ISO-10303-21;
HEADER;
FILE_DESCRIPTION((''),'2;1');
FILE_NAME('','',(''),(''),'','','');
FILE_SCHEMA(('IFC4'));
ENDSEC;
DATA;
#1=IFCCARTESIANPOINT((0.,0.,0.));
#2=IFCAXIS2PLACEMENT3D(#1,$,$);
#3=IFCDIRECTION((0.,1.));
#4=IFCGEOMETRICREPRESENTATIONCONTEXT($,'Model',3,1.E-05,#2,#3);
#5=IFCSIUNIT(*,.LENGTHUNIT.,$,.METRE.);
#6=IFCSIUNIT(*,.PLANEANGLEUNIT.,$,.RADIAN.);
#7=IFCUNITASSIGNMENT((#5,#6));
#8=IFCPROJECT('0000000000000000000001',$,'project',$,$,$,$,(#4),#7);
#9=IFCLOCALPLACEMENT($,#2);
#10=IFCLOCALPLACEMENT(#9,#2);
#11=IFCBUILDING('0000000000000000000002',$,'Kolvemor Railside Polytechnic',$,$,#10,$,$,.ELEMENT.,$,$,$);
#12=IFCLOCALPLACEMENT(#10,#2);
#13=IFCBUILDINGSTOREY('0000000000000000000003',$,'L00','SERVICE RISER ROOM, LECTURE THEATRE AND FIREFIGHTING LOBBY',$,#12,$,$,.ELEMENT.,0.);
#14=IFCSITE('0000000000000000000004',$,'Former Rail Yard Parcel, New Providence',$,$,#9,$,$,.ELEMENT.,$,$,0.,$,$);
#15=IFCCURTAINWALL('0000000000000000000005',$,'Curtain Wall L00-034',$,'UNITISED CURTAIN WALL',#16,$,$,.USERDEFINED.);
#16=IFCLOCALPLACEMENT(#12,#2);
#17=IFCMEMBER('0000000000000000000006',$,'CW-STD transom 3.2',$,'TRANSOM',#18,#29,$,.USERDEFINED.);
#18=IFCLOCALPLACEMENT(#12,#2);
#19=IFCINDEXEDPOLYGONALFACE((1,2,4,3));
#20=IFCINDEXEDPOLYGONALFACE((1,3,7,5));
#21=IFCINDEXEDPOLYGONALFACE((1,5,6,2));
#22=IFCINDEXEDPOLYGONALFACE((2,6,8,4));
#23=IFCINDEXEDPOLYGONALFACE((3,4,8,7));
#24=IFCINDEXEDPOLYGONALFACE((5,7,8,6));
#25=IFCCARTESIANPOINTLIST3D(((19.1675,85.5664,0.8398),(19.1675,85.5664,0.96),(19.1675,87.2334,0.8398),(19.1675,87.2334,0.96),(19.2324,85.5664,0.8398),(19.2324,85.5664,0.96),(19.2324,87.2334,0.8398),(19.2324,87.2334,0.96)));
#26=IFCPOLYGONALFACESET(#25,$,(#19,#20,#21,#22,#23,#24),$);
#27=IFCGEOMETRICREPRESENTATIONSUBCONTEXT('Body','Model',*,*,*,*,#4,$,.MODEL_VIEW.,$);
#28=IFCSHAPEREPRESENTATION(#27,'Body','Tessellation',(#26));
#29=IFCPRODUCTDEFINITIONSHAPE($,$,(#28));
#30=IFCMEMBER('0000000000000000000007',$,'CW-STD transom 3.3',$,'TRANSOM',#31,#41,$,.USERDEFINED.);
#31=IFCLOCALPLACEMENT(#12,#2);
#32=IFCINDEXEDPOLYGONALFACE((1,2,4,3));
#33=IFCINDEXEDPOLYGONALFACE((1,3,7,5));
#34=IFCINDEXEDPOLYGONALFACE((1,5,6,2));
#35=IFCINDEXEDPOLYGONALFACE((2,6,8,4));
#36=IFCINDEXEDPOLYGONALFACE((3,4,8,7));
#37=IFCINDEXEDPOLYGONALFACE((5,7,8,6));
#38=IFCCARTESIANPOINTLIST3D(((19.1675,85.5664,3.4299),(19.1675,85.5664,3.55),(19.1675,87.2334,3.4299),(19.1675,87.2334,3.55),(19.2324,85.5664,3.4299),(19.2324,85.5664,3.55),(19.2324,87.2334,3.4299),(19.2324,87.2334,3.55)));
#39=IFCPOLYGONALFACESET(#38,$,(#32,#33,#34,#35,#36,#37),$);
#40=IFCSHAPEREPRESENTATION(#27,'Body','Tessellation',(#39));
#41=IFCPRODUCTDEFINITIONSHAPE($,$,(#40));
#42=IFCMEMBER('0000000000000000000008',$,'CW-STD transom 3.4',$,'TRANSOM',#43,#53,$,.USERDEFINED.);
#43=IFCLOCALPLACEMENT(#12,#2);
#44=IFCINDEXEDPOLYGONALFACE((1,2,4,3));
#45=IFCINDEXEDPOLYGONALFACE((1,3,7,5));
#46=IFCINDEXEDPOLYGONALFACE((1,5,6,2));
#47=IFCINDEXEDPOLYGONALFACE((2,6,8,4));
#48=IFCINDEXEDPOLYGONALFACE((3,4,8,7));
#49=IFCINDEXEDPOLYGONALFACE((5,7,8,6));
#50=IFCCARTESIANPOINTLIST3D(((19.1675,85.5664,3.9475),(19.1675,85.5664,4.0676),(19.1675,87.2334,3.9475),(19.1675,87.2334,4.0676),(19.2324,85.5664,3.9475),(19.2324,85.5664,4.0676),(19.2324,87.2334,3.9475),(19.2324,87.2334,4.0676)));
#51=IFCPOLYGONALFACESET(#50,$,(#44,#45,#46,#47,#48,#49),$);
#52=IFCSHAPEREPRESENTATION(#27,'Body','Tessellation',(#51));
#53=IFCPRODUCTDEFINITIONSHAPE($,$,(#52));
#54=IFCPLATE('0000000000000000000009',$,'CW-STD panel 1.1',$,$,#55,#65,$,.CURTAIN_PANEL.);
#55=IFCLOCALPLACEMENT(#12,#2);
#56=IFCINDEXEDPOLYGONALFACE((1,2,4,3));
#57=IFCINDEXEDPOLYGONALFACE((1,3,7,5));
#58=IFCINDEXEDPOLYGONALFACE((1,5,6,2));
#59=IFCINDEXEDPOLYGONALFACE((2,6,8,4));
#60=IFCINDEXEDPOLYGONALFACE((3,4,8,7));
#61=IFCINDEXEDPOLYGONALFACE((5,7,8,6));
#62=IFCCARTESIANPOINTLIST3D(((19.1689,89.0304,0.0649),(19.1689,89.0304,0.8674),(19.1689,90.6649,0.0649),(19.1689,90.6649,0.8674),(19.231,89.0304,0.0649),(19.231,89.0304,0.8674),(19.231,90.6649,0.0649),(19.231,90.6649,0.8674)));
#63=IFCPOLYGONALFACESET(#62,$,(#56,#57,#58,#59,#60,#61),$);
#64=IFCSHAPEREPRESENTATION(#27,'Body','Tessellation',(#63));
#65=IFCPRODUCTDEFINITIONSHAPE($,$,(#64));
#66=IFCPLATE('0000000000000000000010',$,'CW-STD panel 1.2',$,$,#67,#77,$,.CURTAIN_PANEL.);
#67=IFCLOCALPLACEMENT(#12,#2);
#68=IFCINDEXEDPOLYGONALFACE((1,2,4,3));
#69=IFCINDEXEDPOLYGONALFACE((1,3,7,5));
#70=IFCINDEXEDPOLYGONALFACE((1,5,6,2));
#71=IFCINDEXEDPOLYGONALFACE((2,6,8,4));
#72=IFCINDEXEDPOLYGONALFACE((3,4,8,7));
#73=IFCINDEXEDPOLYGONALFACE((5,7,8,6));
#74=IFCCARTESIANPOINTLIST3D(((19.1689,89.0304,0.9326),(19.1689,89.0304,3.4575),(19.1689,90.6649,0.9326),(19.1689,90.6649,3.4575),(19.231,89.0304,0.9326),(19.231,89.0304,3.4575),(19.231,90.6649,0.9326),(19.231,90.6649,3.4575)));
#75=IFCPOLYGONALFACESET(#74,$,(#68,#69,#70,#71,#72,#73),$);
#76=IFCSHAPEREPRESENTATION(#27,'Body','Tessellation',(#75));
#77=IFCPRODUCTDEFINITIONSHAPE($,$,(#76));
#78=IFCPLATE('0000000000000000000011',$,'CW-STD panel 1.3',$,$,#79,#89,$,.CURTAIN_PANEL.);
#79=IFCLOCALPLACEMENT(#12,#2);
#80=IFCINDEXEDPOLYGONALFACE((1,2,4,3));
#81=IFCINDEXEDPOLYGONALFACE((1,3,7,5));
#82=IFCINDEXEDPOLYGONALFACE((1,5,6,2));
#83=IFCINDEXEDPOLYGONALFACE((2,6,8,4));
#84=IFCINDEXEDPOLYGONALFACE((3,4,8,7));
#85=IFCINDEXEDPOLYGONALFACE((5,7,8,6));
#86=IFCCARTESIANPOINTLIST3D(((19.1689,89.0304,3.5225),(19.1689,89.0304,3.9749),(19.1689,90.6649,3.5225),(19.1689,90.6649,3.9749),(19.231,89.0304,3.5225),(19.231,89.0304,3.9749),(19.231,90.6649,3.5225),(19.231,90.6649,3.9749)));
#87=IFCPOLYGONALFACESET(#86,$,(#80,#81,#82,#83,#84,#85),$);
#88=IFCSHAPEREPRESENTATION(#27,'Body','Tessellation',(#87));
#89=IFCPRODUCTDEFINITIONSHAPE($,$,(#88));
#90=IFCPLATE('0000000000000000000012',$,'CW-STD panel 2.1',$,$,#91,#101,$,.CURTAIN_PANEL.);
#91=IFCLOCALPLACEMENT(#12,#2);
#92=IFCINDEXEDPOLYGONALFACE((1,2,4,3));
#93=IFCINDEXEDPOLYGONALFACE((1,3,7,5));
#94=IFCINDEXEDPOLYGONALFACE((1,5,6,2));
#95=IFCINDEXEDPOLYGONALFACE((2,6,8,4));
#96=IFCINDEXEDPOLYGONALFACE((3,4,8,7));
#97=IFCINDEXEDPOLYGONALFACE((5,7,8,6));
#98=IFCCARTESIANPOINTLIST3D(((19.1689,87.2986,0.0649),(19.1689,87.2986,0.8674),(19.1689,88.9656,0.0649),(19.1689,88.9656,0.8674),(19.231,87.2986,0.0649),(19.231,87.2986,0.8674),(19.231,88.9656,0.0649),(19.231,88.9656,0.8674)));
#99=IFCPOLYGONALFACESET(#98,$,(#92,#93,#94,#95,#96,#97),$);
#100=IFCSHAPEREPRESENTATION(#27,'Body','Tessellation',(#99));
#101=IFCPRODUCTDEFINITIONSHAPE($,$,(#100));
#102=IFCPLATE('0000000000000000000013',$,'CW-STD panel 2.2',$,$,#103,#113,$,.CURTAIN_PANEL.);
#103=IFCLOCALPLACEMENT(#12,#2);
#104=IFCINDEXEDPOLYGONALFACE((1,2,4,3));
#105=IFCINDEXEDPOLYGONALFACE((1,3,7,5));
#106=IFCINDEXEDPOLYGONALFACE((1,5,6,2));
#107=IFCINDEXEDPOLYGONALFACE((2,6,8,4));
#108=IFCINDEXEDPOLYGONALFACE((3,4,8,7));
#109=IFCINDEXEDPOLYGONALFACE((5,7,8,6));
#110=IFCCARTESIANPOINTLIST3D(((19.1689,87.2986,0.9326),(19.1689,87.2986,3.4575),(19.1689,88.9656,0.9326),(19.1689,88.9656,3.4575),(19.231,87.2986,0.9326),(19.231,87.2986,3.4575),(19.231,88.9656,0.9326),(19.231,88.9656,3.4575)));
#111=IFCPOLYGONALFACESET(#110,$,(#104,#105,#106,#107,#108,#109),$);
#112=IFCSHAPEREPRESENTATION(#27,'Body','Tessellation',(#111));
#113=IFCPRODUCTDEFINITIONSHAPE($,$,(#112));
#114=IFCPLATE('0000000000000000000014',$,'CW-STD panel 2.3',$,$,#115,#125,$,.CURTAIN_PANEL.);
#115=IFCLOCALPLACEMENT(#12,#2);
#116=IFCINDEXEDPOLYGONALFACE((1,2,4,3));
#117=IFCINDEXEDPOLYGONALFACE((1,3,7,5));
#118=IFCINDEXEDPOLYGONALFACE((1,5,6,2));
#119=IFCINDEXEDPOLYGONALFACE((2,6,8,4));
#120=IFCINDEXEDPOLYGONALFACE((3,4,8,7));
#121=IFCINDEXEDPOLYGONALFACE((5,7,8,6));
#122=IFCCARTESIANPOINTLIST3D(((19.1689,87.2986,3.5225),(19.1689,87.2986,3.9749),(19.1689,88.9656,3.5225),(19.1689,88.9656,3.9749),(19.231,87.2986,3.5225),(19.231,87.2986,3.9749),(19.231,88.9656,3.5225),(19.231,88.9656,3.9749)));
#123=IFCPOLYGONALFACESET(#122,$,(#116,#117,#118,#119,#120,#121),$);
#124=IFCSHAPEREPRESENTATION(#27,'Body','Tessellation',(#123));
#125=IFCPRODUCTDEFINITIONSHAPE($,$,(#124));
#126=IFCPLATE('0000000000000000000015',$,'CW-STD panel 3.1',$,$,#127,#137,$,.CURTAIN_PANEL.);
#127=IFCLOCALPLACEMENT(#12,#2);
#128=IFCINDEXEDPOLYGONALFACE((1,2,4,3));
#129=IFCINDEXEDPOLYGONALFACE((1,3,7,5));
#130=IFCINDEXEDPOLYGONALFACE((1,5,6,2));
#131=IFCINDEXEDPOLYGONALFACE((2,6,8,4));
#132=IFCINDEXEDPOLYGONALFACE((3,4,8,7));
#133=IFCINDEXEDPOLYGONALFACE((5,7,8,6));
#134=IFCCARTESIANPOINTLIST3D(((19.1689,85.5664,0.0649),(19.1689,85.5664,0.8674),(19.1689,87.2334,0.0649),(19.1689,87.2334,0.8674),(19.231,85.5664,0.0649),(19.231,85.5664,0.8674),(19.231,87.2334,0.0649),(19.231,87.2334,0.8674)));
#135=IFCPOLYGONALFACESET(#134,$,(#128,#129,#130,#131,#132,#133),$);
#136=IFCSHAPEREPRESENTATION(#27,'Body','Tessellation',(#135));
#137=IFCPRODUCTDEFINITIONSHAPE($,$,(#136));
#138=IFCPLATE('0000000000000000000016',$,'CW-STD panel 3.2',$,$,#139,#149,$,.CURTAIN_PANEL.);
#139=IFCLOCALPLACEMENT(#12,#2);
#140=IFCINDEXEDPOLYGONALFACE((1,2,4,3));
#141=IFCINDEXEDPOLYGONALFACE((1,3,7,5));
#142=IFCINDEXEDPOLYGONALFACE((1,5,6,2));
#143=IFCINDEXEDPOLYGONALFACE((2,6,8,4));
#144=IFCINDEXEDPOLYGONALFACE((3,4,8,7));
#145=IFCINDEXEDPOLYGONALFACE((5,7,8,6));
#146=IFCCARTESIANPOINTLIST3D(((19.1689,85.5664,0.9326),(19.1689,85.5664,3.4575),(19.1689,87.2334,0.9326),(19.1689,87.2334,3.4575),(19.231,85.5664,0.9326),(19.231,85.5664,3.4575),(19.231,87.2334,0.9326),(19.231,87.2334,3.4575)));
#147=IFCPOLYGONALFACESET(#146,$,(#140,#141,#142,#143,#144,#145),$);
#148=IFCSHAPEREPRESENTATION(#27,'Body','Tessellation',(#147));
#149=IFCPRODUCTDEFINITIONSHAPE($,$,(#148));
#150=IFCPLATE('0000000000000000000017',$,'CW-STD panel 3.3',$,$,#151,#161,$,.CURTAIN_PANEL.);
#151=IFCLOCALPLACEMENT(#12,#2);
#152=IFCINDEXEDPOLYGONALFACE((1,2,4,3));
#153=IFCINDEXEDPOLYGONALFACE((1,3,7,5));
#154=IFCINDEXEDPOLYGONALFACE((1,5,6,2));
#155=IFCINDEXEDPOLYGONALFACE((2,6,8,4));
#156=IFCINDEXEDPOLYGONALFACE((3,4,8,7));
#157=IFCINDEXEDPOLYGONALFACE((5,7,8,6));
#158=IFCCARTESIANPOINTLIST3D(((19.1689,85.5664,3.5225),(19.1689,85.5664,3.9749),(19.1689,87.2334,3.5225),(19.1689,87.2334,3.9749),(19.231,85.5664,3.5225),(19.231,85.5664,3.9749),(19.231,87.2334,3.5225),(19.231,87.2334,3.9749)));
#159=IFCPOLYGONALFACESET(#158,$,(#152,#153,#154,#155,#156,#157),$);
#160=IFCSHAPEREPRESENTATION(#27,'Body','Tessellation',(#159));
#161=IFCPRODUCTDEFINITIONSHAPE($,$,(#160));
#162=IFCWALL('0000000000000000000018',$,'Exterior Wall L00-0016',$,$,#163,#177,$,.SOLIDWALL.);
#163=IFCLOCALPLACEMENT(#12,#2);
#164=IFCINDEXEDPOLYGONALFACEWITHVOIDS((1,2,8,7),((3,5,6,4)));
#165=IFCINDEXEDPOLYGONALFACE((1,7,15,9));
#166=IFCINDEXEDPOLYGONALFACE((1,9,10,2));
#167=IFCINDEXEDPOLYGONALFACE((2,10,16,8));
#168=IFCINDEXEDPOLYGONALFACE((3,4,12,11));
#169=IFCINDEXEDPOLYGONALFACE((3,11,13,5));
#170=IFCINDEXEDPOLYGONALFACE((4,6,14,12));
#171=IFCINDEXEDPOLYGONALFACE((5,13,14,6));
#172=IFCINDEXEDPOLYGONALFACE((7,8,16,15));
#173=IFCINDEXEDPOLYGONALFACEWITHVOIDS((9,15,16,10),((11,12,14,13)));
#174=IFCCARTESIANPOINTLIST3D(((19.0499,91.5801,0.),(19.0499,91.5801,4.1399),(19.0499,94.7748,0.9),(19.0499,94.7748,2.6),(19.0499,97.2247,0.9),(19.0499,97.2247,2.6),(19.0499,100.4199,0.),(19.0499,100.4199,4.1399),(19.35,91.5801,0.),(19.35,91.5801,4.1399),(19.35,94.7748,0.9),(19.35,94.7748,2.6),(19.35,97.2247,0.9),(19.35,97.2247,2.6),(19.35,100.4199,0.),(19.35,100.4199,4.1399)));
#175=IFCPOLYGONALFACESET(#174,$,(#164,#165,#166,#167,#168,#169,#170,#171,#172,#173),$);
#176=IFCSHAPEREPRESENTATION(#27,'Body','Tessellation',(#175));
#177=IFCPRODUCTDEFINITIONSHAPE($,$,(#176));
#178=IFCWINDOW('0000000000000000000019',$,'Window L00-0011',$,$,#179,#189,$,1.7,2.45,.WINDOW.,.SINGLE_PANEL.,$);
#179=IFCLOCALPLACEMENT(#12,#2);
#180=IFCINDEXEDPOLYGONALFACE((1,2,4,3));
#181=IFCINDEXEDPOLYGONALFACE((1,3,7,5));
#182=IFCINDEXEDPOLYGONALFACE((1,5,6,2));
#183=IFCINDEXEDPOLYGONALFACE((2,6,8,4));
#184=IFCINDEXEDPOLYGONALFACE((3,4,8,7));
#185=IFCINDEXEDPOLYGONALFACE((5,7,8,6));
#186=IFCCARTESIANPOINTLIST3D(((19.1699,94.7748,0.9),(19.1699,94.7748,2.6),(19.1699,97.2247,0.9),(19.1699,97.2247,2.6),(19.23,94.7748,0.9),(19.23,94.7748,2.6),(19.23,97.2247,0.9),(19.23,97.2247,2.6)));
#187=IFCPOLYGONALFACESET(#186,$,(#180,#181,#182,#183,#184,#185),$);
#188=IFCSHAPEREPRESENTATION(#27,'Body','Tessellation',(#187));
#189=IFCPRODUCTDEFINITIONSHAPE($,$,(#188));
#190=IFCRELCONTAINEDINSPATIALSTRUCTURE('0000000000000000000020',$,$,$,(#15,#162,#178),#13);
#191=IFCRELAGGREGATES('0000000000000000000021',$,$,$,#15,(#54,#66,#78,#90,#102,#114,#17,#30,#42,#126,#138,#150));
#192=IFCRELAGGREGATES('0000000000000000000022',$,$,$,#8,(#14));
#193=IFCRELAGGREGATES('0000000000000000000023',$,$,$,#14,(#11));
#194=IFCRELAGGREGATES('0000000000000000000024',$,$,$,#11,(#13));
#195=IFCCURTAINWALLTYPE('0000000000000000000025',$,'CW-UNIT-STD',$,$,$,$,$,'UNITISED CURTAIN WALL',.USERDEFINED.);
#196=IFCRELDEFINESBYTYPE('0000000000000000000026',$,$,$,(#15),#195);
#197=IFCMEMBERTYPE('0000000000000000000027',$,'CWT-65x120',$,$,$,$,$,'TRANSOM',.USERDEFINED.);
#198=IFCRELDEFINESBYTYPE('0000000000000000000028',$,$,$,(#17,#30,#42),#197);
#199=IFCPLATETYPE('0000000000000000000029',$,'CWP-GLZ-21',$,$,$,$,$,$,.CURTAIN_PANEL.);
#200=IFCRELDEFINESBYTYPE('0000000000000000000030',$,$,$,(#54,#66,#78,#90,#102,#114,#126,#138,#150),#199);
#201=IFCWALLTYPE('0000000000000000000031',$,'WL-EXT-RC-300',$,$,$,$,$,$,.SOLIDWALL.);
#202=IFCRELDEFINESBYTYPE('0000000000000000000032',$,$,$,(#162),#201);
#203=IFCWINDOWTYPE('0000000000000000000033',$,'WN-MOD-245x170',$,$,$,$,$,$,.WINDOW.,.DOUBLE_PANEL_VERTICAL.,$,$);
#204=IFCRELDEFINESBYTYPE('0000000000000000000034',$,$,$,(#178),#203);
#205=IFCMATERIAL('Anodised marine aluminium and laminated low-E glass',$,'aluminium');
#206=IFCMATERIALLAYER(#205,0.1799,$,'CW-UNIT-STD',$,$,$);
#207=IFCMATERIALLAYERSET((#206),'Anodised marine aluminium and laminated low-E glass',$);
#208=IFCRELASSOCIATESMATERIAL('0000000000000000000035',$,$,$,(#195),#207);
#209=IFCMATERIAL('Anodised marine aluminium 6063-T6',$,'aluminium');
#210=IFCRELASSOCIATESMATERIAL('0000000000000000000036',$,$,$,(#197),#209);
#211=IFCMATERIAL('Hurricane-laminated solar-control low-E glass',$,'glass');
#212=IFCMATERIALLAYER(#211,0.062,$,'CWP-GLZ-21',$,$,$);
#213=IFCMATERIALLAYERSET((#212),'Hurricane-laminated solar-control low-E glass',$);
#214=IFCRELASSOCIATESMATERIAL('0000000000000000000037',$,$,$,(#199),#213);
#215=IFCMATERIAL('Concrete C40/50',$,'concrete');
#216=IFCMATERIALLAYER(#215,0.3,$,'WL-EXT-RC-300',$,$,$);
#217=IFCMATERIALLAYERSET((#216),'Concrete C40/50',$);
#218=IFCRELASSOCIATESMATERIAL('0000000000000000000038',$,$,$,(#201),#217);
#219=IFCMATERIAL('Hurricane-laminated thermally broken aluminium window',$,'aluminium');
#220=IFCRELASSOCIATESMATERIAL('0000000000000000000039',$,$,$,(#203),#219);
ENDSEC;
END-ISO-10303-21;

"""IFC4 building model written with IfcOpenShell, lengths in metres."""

from ifc_helpers import new_model, si_unit, direction, frame, frame_2d, origin, origin_2d, place, context, subcontext, project, spatial, rectangle, extrude, material, layer, layer_set, material_profile, profile_set, type_object, element, fill, aggregate, save


model = new_model("IFC4")

# Units and contexts
model_context = context("Model", 3, precision=1e-05, world=origin(), true_north=direction((0.0, 1.0)))
body_context = subcontext(model_context, "Body", "Model", "MODEL_VIEW")
ifc_project = project(units=[si_unit("LENGTHUNIT", "METRE"), si_unit("PLANEANGLEUNIT", "RADIAN")], contexts=[model_context])

# Site, building, storey
site_placement = place(None, origin())
site = spatial("IfcSite", under=ifc_project, at=site_placement, Name="Former Rail Yard Parcel, New Providence", CompositionType="ELEMENT", RefElevation=0.0)
building_placement = place(site_placement, origin())
building = spatial("IfcBuilding", under=site, at=building_placement, Name="Kolvemor Railside Polytechnic", CompositionType="ELEMENT")
storey_placement = place(building_placement, origin())
storey = spatial("IfcBuildingStorey", under=building, at=storey_placement, Name="L00", Description="SERVICE RISER ROOM, LECTURE THEATRE AND FIREFIGHTING LOBBY", CompositionType="ELEMENT", Elevation=0.0)

# Curtain wall, members, plates
ifc_material_1 = material(Name="Anodised marine aluminium and laminated low-E glass", Category="aluminium")
ifc_layer_1 = layer(ifc_material_1, 0.1799, Name="CW-UNIT-STD")
ifc_layer_set_1 = layer_set([ifc_layer_1], Name="Anodised marine aluminium and laminated low-E glass")
curtain_wall_type = type_object("IfcCurtainWallType", Name="CW-UNIT-STD", ElementType="UNITISED CURTAIN WALL", PredefinedType="USERDEFINED", material=ifc_layer_set_1)
curtain_wall_placement = place(storey_placement, origin())
curtain_wall = element("IfcCurtainWall", 1, at=curtain_wall_placement, inside=storey, type_object=curtain_wall_type, Name="Curtain Wall L00-034", ObjectType="UNITISED CURTAIN WALL", PredefinedType="USERDEFINED")
ifc_material_2 = material(Name="Anodised marine aluminium 6063-T6", Category="aluminium")
ifc_material_profile_1 = material_profile(ifc_material_2, rectangle(XDim=0.0649, YDim=0.1201, at=origin_2d()), Name="CW-TRN-65x120")
ifc_profile_set_1 = profile_set([ifc_material_profile_1], Name="Anodised marine aluminium 6063-T6")
member_type_1 = type_object("IfcMemberType", Name="CWT-65x120", ElementType="TRANSOM", PredefinedType="USERDEFINED", material=ifc_profile_set_1)
member_1_placement = place(storey_placement, frame((19.2, 87.2334, 0.8999), z_axis=(0.0, -1.0, 0.0), x_axis=(1.0, 0.0, 0.0)))
member_1 = element("IfcMember", 2, at=member_1_placement, type_object=member_type_1, Name="CW-STD transom 3.2", ObjectType="TRANSOM", PredefinedType="USERDEFINED", context=body_context, shape_type="SweptSolid", body=[
    extrude(rectangle(XDim=0.0649, YDim=0.1201, at=origin_2d()), origin(), (0.0, 0.0, 1.0), 1.667),
])
member_2_placement = place(storey_placement, frame((19.2, 87.2334, 3.49), z_axis=(0.0, -1.0, 0.0), x_axis=(1.0, 0.0, 0.0)))
member_2 = element("IfcMember", 3, at=member_2_placement, type_object=member_type_1, Name="CW-STD transom 3.3", ObjectType="TRANSOM", PredefinedType="USERDEFINED", context=body_context, shape_type="SweptSolid", body=[
    extrude(rectangle(XDim=0.0649, YDim=0.1201, at=origin_2d()), origin(), (0.0, 0.0, 1.0), 1.667),
])
member_3_placement = place(storey_placement, frame((19.2, 87.2334, 4.0076), z_axis=(0.0, -1.0, 0.0), x_axis=(1.0, 0.0, 0.0)))
member_3 = element("IfcMember", 4, at=member_3_placement, type_object=member_type_1, Name="CW-STD transom 3.4", ObjectType="TRANSOM", PredefinedType="USERDEFINED", context=body_context, shape_type="SweptSolid", body=[
    extrude(rectangle(XDim=0.0649, YDim=0.1201, at=origin_2d()), origin(), (0.0, 0.0, 1.0), 1.667),
])
ifc_material_3 = material(Name="Hurricane-laminated solar-control low-E glass", Category="glass")
ifc_layer_2 = layer(ifc_material_3, 0.062, Name="CWP-GLZ-21")
ifc_layer_set_2 = layer_set([ifc_layer_2], Name="Hurricane-laminated solar-control low-E glass")
plate_type = type_object("IfcPlateType", Name="CWP-GLZ-21", PredefinedType="CURTAIN_PANEL", material=ifc_layer_set_2)
plate_1_placement = place(storey_placement, frame((19.2, 89.8477, 0.0649), z_axis=(0.0, 0.0, 1.0), x_axis=(0.0, -1.0, 0.0)))
plate_1 = element("IfcPlate", 5, at=plate_1_placement, type_object=plate_type, Name="CW-STD panel 1.1", PredefinedType="CURTAIN_PANEL", context=body_context, shape_type="SweptSolid", body=[
    extrude(rectangle(XDim=1.6345, YDim=0.062, at=origin_2d()), origin(), (0.0, 0.0, 1.0), 0.8025),
])
plate_2_placement = place(storey_placement, frame((19.2, 89.8477, 0.9326), z_axis=(0.0, 0.0, 1.0), x_axis=(0.0, -1.0, 0.0)))
plate_2 = element("IfcPlate", 6, at=plate_2_placement, type_object=plate_type, Name="CW-STD panel 1.2", PredefinedType="CURTAIN_PANEL", context=body_context, shape_type="SweptSolid", body=[
    extrude(rectangle(XDim=1.6345, YDim=0.062, at=origin_2d()), origin(), (0.0, 0.0, 1.0), 2.5249),
])
plate_3_placement = place(storey_placement, frame((19.2, 89.8477, 3.5225), z_axis=(0.0, 0.0, 1.0), x_axis=(0.0, -1.0, 0.0)))
plate_3 = element("IfcPlate", 7, at=plate_3_placement, type_object=plate_type, Name="CW-STD panel 1.3", PredefinedType="CURTAIN_PANEL", context=body_context, shape_type="SweptSolid", body=[
    extrude(rectangle(XDim=1.6345, YDim=0.062, at=origin_2d()), origin(), (0.0, 0.0, 1.0), 0.4524),
])
plate_4_placement = place(storey_placement, frame((19.2, 88.1321, 0.0649), z_axis=(0.0, 0.0, 1.0), x_axis=(0.0, -1.0, 0.0)))
plate_4 = element("IfcPlate", 8, at=plate_4_placement, type_object=plate_type, Name="CW-STD panel 2.1", PredefinedType="CURTAIN_PANEL", context=body_context, shape_type="SweptSolid", body=[
    extrude(rectangle(XDim=1.667, YDim=0.062, at=origin_2d()), origin(), (0.0, 0.0, 1.0), 0.8025),
])
plate_5_placement = place(storey_placement, frame((19.2, 88.1321, 0.9326), z_axis=(0.0, 0.0, 1.0), x_axis=(0.0, -1.0, 0.0)))
plate_5 = element("IfcPlate", 9, at=plate_5_placement, type_object=plate_type, Name="CW-STD panel 2.2", PredefinedType="CURTAIN_PANEL", context=body_context, shape_type="SweptSolid", body=[
    extrude(rectangle(XDim=1.667, YDim=0.062, at=origin_2d()), origin(), (0.0, 0.0, 1.0), 2.5249),
])
plate_6_placement = place(storey_placement, frame((19.2, 88.1321, 3.5225), z_axis=(0.0, 0.0, 1.0), x_axis=(0.0, -1.0, 0.0)))
plate_6 = element("IfcPlate", 10, at=plate_6_placement, type_object=plate_type, Name="CW-STD panel 2.3", PredefinedType="CURTAIN_PANEL", context=body_context, shape_type="SweptSolid", body=[
    extrude(rectangle(XDim=1.667, YDim=0.062, at=origin_2d()), origin(), (0.0, 0.0, 1.0), 0.4524),
])
plate_7_placement = place(storey_placement, frame((19.2, 86.3999, 0.0649), z_axis=(0.0, 0.0, 1.0), x_axis=(0.0, -1.0, 0.0)))
plate_7 = element("IfcPlate", 11, at=plate_7_placement, type_object=plate_type, Name="CW-STD panel 3.1", PredefinedType="CURTAIN_PANEL", context=body_context, shape_type="SweptSolid", body=[
    extrude(rectangle(XDim=1.667, YDim=0.062, at=origin_2d()), origin(), (0.0, 0.0, 1.0), 0.8025),
])
plate_8_placement = place(storey_placement, frame((19.2, 86.3999, 0.9326), z_axis=(0.0, 0.0, 1.0), x_axis=(0.0, -1.0, 0.0)))
plate_8 = element("IfcPlate", 12, at=plate_8_placement, type_object=plate_type, Name="CW-STD panel 3.2", PredefinedType="CURTAIN_PANEL", context=body_context, shape_type="SweptSolid", body=[
    extrude(rectangle(XDim=1.667, YDim=0.062, at=origin_2d()), origin(), (0.0, 0.0, 1.0), 2.5249),
])
plate_9_placement = place(storey_placement, frame((19.2, 86.3999, 3.5225), z_axis=(0.0, 0.0, 1.0), x_axis=(0.0, -1.0, 0.0)))
plate_9 = element("IfcPlate", 13, at=plate_9_placement, type_object=plate_type, Name="CW-STD panel 3.3", PredefinedType="CURTAIN_PANEL", context=body_context, shape_type="SweptSolid", body=[
    extrude(rectangle(XDim=1.667, YDim=0.062, at=origin_2d()), origin(), (0.0, 0.0, 1.0), 0.4524),
])
aggregate(curtain_wall, [plate_1, plate_2, plate_3, plate_4, plate_5, plate_6, member_1, member_2, member_3, plate_7, plate_8, plate_9])

# Wall, opening, window
ifc_material_4 = material(Name="Concrete C40/50", Category="concrete")
ifc_layer_3 = layer(ifc_material_4, 0.3, Name="WL-EXT-RC-300")
ifc_layer_set_3 = layer_set([ifc_layer_3], Name="Concrete C40/50")
wall_type = type_object("IfcWallType", Name="WL-EXT-RC-300", PredefinedType="SOLIDWALL", material=ifc_layer_set_3)
wall_placement = place(storey_placement, frame((19.2, 100.4199, 0.0), z_axis=(0.0, 0.0, 1.0), x_axis=(0.0, -1.0, 0.0)))
wall = element("IfcWall", 14, at=wall_placement, inside=storey, type_object=wall_type, Name="Exterior Wall L00-0016", PredefinedType="SOLIDWALL", context=body_context, shape_type="SweptSolid", body=[
    extrude(rectangle(XDim=8.8398, YDim=0.3, at=frame_2d((4.4199, 0.0))), origin(), (0.0, 0.0, 1.0), 4.1399),
])
opening_placement = place(wall_placement, frame((3.1951, 0.0, 0.8999)))
opening = element("IfcOpeningElement", 15, at=opening_placement, cuts=wall, PredefinedType="OPENING", context=body_context, shape_type="SweptSolid", body=[
    extrude(rectangle(XDim=2.45, YDim=1.7, at=frame_2d((1.2251, 0.8501))), frame((0.0, 0.1599, 0.0), z_axis=(0.0, -1.0, 0.0), x_axis=(1.0, 0.0, 0.0)), (0.0, 0.0, 1.0), 0.3201),
])
ifc_material_5 = material(Name="Hurricane-laminated thermally broken aluminium window", Category="aluminium")
window_type = type_object("IfcWindowType", Name="WN-MOD-245x170", PartitioningType="DOUBLE_PANEL_VERTICAL", PredefinedType="WINDOW", material=ifc_material_5)
window_placement = place(opening_placement, origin())
window = element("IfcWindow", 16, at=window_placement, inside=storey, type_object=window_type, Name="Window L00-0011", OverallHeight=1.7, OverallWidth=2.45, PartitioningType="SINGLE_PANEL", PredefinedType="WINDOW", context=body_context, shape_type="SweptSolid", body=[
    extrude(rectangle(XDim=2.45, YDim=1.7, at=frame_2d((1.2251, 0.8501))), frame((0.0, 0.03, 0.0), z_axis=(0.0, -1.0, 0.0), x_axis=(1.0, 0.0, 0.0)), (0.0, 0.0, 1.0), 0.0601),
])
fill(opening, window)

save(model, "model.ifc")
